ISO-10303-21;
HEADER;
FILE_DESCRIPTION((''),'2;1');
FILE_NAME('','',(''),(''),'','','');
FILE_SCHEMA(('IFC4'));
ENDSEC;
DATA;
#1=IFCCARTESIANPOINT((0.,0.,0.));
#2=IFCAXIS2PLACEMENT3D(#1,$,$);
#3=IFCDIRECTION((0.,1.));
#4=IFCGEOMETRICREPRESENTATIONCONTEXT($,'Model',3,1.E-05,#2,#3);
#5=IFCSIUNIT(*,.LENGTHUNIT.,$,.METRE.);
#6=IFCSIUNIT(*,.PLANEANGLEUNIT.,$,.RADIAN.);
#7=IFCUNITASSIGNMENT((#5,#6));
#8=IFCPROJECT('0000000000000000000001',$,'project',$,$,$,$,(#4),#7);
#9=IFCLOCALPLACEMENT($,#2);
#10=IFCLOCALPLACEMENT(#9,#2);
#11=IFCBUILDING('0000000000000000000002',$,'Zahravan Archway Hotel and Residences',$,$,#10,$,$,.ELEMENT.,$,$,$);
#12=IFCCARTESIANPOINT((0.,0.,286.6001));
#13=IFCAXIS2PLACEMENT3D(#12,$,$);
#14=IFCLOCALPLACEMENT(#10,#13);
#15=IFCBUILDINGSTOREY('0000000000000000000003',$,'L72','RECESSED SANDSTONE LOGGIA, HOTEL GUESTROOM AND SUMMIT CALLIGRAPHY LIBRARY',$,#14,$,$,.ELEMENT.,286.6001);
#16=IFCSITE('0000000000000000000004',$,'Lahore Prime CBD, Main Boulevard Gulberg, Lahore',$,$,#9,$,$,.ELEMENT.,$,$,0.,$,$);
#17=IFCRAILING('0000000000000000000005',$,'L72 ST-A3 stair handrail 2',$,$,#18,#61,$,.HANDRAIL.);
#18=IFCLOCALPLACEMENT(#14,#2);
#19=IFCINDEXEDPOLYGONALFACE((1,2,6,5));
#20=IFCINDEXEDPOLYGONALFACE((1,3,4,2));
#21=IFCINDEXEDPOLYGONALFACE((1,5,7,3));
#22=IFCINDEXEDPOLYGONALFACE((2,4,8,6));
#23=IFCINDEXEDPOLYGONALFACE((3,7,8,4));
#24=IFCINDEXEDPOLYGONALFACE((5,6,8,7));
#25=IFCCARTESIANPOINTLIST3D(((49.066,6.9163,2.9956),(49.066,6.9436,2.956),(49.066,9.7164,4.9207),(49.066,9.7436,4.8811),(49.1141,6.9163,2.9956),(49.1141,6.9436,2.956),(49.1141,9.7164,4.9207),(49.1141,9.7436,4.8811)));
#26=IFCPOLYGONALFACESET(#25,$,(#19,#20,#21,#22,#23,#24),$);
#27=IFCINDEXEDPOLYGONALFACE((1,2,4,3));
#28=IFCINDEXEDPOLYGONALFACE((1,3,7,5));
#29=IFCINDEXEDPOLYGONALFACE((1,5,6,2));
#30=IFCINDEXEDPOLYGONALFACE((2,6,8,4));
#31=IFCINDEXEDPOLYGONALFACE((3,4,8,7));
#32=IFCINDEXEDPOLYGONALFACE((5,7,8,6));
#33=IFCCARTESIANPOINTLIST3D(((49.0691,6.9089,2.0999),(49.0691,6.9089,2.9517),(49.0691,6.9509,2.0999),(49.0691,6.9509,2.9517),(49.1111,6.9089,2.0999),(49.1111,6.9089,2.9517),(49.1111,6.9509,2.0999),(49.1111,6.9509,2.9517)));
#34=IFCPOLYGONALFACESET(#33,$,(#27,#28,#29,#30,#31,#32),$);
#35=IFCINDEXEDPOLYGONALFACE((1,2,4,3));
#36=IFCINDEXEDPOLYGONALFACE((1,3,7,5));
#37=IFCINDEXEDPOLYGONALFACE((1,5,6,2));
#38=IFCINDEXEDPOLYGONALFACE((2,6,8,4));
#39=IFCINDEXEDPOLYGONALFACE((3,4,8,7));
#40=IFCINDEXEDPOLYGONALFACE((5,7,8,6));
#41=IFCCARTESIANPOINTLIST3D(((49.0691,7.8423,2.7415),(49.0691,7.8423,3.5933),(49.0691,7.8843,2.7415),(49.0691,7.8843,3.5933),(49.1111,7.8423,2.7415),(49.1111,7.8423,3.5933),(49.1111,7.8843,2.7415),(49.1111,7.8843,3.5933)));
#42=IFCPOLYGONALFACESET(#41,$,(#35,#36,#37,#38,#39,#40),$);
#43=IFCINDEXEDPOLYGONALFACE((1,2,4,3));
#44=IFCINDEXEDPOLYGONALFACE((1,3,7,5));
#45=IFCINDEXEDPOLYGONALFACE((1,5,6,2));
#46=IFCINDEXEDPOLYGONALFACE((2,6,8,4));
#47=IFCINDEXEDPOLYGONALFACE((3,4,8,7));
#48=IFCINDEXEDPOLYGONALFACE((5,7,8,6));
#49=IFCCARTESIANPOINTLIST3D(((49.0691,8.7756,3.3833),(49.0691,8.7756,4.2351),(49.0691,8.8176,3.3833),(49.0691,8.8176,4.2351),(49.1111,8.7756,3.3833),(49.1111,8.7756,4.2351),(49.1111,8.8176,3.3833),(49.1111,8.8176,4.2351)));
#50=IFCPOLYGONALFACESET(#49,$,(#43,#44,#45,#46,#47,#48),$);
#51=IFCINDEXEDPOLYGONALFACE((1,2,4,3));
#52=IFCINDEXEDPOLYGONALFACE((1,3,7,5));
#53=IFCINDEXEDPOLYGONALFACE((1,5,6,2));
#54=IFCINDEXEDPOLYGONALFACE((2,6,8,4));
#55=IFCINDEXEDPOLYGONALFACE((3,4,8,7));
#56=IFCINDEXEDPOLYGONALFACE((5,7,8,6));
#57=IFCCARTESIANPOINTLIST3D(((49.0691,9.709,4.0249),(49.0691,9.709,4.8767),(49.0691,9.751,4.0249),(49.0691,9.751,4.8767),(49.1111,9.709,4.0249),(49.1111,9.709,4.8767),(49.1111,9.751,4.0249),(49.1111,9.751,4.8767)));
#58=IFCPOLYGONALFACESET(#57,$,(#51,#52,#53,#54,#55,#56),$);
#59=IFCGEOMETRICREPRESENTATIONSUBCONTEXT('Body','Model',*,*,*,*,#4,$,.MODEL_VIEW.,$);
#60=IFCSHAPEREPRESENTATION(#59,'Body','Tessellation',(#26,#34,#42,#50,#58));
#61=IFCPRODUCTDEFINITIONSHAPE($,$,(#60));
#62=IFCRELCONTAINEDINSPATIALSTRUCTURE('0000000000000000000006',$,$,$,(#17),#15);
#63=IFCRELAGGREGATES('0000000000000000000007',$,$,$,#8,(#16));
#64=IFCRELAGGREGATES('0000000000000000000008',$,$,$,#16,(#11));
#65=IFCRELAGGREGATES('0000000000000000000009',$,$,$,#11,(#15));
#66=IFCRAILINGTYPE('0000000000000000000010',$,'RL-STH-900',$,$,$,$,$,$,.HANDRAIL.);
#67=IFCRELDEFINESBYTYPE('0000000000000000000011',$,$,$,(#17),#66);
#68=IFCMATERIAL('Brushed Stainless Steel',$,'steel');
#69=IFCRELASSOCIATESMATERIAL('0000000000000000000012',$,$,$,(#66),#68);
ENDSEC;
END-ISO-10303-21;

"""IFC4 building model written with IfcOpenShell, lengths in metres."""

from ifc_helpers import new_model, si_unit, direction, frame, origin, origin_2d, place, context, subcontext, project, spatial, rectangle, extrude, material, type_object, element, save


model = new_model("IFC4")

# Units and contexts
model_context = context("Model", 3, precision=1e-05, world=origin(), true_north=direction((0.0, 1.0)))
body_context = subcontext(model_context, "Body", "Model", "MODEL_VIEW")
ifc_project = project(units=[si_unit("LENGTHUNIT", "METRE"), si_unit("PLANEANGLEUNIT", "RADIAN")], contexts=[model_context])

# Site, building, storey
site_placement = place(None, origin())
site = spatial("IfcSite", under=ifc_project, at=site_placement, Name="Lahore Prime CBD, Main Boulevard Gulberg, Lahore", CompositionType="ELEMENT", RefElevation=0.0)
building_placement = place(site_placement, origin())
building = spatial("IfcBuilding", under=site, at=building_placement, Name="Zahravan Archway Hotel and Residences", CompositionType="ELEMENT")
storey_placement = place(building_placement, frame((0.0, 0.0, 286.6001)))
storey = spatial("IfcBuildingStorey", under=building, at=storey_placement, Name="L72", Description="RECESSED SANDSTONE LOGGIA, HOTEL GUESTROOM AND SUMMIT CALLIGRAPHY LIBRARY", CompositionType="ELEMENT", Elevation=286.6001)

# Shared definitions
ifc_material_1 = material(Name="Brushed Stainless Steel", Category="steel")

# Railing
railing_type_1 = type_object("IfcRailingType", Name="RL-STH-900", PredefinedType="HANDRAIL", material=ifc_material_1)
railing_1_placement = place(storey_placement, frame((49.0901, 6.9299, 2.0999)))
element("IfcRailing", 1, at=railing_1_placement, inside=storey, type_object=railing_type_1, Name="L72 ST-A3 stair handrail 2", PredefinedType="HANDRAIL", context=body_context, shape_type="SweptSolid", body=[
    extrude(rectangle(XDim=0.0481, YDim=0.0481, at=origin_2d()), frame((0.0, 0.0, 0.876), z_axis=(0.0, 0.82404, 0.566532), x_axis=(-1.0, 0.0, 0.0)), (0.0, 0.0, 1.0), 3.3979),
    extrude(rectangle(XDim=0.042, YDim=0.042, at=origin_2d()), origin(), (0.0, 0.0, 1.0), 0.8518),
    extrude(rectangle(XDim=0.042, YDim=0.042, at=origin_2d()), frame((0.0, 0.9333, 0.6416)), (0.0, 0.0, 1.0), 0.8518),
    extrude(rectangle(XDim=0.042, YDim=0.042, at=origin_2d()), frame((0.0, 1.8667, 1.2834)), (0.0, 0.0, 1.0), 0.8518),
    extrude(rectangle(XDim=0.042, YDim=0.042, at=origin_2d()), frame((0.0, 2.8, 1.925)), (0.0, 0.0, 1.0), 0.8518),
])

save(model, "model.ifc")
